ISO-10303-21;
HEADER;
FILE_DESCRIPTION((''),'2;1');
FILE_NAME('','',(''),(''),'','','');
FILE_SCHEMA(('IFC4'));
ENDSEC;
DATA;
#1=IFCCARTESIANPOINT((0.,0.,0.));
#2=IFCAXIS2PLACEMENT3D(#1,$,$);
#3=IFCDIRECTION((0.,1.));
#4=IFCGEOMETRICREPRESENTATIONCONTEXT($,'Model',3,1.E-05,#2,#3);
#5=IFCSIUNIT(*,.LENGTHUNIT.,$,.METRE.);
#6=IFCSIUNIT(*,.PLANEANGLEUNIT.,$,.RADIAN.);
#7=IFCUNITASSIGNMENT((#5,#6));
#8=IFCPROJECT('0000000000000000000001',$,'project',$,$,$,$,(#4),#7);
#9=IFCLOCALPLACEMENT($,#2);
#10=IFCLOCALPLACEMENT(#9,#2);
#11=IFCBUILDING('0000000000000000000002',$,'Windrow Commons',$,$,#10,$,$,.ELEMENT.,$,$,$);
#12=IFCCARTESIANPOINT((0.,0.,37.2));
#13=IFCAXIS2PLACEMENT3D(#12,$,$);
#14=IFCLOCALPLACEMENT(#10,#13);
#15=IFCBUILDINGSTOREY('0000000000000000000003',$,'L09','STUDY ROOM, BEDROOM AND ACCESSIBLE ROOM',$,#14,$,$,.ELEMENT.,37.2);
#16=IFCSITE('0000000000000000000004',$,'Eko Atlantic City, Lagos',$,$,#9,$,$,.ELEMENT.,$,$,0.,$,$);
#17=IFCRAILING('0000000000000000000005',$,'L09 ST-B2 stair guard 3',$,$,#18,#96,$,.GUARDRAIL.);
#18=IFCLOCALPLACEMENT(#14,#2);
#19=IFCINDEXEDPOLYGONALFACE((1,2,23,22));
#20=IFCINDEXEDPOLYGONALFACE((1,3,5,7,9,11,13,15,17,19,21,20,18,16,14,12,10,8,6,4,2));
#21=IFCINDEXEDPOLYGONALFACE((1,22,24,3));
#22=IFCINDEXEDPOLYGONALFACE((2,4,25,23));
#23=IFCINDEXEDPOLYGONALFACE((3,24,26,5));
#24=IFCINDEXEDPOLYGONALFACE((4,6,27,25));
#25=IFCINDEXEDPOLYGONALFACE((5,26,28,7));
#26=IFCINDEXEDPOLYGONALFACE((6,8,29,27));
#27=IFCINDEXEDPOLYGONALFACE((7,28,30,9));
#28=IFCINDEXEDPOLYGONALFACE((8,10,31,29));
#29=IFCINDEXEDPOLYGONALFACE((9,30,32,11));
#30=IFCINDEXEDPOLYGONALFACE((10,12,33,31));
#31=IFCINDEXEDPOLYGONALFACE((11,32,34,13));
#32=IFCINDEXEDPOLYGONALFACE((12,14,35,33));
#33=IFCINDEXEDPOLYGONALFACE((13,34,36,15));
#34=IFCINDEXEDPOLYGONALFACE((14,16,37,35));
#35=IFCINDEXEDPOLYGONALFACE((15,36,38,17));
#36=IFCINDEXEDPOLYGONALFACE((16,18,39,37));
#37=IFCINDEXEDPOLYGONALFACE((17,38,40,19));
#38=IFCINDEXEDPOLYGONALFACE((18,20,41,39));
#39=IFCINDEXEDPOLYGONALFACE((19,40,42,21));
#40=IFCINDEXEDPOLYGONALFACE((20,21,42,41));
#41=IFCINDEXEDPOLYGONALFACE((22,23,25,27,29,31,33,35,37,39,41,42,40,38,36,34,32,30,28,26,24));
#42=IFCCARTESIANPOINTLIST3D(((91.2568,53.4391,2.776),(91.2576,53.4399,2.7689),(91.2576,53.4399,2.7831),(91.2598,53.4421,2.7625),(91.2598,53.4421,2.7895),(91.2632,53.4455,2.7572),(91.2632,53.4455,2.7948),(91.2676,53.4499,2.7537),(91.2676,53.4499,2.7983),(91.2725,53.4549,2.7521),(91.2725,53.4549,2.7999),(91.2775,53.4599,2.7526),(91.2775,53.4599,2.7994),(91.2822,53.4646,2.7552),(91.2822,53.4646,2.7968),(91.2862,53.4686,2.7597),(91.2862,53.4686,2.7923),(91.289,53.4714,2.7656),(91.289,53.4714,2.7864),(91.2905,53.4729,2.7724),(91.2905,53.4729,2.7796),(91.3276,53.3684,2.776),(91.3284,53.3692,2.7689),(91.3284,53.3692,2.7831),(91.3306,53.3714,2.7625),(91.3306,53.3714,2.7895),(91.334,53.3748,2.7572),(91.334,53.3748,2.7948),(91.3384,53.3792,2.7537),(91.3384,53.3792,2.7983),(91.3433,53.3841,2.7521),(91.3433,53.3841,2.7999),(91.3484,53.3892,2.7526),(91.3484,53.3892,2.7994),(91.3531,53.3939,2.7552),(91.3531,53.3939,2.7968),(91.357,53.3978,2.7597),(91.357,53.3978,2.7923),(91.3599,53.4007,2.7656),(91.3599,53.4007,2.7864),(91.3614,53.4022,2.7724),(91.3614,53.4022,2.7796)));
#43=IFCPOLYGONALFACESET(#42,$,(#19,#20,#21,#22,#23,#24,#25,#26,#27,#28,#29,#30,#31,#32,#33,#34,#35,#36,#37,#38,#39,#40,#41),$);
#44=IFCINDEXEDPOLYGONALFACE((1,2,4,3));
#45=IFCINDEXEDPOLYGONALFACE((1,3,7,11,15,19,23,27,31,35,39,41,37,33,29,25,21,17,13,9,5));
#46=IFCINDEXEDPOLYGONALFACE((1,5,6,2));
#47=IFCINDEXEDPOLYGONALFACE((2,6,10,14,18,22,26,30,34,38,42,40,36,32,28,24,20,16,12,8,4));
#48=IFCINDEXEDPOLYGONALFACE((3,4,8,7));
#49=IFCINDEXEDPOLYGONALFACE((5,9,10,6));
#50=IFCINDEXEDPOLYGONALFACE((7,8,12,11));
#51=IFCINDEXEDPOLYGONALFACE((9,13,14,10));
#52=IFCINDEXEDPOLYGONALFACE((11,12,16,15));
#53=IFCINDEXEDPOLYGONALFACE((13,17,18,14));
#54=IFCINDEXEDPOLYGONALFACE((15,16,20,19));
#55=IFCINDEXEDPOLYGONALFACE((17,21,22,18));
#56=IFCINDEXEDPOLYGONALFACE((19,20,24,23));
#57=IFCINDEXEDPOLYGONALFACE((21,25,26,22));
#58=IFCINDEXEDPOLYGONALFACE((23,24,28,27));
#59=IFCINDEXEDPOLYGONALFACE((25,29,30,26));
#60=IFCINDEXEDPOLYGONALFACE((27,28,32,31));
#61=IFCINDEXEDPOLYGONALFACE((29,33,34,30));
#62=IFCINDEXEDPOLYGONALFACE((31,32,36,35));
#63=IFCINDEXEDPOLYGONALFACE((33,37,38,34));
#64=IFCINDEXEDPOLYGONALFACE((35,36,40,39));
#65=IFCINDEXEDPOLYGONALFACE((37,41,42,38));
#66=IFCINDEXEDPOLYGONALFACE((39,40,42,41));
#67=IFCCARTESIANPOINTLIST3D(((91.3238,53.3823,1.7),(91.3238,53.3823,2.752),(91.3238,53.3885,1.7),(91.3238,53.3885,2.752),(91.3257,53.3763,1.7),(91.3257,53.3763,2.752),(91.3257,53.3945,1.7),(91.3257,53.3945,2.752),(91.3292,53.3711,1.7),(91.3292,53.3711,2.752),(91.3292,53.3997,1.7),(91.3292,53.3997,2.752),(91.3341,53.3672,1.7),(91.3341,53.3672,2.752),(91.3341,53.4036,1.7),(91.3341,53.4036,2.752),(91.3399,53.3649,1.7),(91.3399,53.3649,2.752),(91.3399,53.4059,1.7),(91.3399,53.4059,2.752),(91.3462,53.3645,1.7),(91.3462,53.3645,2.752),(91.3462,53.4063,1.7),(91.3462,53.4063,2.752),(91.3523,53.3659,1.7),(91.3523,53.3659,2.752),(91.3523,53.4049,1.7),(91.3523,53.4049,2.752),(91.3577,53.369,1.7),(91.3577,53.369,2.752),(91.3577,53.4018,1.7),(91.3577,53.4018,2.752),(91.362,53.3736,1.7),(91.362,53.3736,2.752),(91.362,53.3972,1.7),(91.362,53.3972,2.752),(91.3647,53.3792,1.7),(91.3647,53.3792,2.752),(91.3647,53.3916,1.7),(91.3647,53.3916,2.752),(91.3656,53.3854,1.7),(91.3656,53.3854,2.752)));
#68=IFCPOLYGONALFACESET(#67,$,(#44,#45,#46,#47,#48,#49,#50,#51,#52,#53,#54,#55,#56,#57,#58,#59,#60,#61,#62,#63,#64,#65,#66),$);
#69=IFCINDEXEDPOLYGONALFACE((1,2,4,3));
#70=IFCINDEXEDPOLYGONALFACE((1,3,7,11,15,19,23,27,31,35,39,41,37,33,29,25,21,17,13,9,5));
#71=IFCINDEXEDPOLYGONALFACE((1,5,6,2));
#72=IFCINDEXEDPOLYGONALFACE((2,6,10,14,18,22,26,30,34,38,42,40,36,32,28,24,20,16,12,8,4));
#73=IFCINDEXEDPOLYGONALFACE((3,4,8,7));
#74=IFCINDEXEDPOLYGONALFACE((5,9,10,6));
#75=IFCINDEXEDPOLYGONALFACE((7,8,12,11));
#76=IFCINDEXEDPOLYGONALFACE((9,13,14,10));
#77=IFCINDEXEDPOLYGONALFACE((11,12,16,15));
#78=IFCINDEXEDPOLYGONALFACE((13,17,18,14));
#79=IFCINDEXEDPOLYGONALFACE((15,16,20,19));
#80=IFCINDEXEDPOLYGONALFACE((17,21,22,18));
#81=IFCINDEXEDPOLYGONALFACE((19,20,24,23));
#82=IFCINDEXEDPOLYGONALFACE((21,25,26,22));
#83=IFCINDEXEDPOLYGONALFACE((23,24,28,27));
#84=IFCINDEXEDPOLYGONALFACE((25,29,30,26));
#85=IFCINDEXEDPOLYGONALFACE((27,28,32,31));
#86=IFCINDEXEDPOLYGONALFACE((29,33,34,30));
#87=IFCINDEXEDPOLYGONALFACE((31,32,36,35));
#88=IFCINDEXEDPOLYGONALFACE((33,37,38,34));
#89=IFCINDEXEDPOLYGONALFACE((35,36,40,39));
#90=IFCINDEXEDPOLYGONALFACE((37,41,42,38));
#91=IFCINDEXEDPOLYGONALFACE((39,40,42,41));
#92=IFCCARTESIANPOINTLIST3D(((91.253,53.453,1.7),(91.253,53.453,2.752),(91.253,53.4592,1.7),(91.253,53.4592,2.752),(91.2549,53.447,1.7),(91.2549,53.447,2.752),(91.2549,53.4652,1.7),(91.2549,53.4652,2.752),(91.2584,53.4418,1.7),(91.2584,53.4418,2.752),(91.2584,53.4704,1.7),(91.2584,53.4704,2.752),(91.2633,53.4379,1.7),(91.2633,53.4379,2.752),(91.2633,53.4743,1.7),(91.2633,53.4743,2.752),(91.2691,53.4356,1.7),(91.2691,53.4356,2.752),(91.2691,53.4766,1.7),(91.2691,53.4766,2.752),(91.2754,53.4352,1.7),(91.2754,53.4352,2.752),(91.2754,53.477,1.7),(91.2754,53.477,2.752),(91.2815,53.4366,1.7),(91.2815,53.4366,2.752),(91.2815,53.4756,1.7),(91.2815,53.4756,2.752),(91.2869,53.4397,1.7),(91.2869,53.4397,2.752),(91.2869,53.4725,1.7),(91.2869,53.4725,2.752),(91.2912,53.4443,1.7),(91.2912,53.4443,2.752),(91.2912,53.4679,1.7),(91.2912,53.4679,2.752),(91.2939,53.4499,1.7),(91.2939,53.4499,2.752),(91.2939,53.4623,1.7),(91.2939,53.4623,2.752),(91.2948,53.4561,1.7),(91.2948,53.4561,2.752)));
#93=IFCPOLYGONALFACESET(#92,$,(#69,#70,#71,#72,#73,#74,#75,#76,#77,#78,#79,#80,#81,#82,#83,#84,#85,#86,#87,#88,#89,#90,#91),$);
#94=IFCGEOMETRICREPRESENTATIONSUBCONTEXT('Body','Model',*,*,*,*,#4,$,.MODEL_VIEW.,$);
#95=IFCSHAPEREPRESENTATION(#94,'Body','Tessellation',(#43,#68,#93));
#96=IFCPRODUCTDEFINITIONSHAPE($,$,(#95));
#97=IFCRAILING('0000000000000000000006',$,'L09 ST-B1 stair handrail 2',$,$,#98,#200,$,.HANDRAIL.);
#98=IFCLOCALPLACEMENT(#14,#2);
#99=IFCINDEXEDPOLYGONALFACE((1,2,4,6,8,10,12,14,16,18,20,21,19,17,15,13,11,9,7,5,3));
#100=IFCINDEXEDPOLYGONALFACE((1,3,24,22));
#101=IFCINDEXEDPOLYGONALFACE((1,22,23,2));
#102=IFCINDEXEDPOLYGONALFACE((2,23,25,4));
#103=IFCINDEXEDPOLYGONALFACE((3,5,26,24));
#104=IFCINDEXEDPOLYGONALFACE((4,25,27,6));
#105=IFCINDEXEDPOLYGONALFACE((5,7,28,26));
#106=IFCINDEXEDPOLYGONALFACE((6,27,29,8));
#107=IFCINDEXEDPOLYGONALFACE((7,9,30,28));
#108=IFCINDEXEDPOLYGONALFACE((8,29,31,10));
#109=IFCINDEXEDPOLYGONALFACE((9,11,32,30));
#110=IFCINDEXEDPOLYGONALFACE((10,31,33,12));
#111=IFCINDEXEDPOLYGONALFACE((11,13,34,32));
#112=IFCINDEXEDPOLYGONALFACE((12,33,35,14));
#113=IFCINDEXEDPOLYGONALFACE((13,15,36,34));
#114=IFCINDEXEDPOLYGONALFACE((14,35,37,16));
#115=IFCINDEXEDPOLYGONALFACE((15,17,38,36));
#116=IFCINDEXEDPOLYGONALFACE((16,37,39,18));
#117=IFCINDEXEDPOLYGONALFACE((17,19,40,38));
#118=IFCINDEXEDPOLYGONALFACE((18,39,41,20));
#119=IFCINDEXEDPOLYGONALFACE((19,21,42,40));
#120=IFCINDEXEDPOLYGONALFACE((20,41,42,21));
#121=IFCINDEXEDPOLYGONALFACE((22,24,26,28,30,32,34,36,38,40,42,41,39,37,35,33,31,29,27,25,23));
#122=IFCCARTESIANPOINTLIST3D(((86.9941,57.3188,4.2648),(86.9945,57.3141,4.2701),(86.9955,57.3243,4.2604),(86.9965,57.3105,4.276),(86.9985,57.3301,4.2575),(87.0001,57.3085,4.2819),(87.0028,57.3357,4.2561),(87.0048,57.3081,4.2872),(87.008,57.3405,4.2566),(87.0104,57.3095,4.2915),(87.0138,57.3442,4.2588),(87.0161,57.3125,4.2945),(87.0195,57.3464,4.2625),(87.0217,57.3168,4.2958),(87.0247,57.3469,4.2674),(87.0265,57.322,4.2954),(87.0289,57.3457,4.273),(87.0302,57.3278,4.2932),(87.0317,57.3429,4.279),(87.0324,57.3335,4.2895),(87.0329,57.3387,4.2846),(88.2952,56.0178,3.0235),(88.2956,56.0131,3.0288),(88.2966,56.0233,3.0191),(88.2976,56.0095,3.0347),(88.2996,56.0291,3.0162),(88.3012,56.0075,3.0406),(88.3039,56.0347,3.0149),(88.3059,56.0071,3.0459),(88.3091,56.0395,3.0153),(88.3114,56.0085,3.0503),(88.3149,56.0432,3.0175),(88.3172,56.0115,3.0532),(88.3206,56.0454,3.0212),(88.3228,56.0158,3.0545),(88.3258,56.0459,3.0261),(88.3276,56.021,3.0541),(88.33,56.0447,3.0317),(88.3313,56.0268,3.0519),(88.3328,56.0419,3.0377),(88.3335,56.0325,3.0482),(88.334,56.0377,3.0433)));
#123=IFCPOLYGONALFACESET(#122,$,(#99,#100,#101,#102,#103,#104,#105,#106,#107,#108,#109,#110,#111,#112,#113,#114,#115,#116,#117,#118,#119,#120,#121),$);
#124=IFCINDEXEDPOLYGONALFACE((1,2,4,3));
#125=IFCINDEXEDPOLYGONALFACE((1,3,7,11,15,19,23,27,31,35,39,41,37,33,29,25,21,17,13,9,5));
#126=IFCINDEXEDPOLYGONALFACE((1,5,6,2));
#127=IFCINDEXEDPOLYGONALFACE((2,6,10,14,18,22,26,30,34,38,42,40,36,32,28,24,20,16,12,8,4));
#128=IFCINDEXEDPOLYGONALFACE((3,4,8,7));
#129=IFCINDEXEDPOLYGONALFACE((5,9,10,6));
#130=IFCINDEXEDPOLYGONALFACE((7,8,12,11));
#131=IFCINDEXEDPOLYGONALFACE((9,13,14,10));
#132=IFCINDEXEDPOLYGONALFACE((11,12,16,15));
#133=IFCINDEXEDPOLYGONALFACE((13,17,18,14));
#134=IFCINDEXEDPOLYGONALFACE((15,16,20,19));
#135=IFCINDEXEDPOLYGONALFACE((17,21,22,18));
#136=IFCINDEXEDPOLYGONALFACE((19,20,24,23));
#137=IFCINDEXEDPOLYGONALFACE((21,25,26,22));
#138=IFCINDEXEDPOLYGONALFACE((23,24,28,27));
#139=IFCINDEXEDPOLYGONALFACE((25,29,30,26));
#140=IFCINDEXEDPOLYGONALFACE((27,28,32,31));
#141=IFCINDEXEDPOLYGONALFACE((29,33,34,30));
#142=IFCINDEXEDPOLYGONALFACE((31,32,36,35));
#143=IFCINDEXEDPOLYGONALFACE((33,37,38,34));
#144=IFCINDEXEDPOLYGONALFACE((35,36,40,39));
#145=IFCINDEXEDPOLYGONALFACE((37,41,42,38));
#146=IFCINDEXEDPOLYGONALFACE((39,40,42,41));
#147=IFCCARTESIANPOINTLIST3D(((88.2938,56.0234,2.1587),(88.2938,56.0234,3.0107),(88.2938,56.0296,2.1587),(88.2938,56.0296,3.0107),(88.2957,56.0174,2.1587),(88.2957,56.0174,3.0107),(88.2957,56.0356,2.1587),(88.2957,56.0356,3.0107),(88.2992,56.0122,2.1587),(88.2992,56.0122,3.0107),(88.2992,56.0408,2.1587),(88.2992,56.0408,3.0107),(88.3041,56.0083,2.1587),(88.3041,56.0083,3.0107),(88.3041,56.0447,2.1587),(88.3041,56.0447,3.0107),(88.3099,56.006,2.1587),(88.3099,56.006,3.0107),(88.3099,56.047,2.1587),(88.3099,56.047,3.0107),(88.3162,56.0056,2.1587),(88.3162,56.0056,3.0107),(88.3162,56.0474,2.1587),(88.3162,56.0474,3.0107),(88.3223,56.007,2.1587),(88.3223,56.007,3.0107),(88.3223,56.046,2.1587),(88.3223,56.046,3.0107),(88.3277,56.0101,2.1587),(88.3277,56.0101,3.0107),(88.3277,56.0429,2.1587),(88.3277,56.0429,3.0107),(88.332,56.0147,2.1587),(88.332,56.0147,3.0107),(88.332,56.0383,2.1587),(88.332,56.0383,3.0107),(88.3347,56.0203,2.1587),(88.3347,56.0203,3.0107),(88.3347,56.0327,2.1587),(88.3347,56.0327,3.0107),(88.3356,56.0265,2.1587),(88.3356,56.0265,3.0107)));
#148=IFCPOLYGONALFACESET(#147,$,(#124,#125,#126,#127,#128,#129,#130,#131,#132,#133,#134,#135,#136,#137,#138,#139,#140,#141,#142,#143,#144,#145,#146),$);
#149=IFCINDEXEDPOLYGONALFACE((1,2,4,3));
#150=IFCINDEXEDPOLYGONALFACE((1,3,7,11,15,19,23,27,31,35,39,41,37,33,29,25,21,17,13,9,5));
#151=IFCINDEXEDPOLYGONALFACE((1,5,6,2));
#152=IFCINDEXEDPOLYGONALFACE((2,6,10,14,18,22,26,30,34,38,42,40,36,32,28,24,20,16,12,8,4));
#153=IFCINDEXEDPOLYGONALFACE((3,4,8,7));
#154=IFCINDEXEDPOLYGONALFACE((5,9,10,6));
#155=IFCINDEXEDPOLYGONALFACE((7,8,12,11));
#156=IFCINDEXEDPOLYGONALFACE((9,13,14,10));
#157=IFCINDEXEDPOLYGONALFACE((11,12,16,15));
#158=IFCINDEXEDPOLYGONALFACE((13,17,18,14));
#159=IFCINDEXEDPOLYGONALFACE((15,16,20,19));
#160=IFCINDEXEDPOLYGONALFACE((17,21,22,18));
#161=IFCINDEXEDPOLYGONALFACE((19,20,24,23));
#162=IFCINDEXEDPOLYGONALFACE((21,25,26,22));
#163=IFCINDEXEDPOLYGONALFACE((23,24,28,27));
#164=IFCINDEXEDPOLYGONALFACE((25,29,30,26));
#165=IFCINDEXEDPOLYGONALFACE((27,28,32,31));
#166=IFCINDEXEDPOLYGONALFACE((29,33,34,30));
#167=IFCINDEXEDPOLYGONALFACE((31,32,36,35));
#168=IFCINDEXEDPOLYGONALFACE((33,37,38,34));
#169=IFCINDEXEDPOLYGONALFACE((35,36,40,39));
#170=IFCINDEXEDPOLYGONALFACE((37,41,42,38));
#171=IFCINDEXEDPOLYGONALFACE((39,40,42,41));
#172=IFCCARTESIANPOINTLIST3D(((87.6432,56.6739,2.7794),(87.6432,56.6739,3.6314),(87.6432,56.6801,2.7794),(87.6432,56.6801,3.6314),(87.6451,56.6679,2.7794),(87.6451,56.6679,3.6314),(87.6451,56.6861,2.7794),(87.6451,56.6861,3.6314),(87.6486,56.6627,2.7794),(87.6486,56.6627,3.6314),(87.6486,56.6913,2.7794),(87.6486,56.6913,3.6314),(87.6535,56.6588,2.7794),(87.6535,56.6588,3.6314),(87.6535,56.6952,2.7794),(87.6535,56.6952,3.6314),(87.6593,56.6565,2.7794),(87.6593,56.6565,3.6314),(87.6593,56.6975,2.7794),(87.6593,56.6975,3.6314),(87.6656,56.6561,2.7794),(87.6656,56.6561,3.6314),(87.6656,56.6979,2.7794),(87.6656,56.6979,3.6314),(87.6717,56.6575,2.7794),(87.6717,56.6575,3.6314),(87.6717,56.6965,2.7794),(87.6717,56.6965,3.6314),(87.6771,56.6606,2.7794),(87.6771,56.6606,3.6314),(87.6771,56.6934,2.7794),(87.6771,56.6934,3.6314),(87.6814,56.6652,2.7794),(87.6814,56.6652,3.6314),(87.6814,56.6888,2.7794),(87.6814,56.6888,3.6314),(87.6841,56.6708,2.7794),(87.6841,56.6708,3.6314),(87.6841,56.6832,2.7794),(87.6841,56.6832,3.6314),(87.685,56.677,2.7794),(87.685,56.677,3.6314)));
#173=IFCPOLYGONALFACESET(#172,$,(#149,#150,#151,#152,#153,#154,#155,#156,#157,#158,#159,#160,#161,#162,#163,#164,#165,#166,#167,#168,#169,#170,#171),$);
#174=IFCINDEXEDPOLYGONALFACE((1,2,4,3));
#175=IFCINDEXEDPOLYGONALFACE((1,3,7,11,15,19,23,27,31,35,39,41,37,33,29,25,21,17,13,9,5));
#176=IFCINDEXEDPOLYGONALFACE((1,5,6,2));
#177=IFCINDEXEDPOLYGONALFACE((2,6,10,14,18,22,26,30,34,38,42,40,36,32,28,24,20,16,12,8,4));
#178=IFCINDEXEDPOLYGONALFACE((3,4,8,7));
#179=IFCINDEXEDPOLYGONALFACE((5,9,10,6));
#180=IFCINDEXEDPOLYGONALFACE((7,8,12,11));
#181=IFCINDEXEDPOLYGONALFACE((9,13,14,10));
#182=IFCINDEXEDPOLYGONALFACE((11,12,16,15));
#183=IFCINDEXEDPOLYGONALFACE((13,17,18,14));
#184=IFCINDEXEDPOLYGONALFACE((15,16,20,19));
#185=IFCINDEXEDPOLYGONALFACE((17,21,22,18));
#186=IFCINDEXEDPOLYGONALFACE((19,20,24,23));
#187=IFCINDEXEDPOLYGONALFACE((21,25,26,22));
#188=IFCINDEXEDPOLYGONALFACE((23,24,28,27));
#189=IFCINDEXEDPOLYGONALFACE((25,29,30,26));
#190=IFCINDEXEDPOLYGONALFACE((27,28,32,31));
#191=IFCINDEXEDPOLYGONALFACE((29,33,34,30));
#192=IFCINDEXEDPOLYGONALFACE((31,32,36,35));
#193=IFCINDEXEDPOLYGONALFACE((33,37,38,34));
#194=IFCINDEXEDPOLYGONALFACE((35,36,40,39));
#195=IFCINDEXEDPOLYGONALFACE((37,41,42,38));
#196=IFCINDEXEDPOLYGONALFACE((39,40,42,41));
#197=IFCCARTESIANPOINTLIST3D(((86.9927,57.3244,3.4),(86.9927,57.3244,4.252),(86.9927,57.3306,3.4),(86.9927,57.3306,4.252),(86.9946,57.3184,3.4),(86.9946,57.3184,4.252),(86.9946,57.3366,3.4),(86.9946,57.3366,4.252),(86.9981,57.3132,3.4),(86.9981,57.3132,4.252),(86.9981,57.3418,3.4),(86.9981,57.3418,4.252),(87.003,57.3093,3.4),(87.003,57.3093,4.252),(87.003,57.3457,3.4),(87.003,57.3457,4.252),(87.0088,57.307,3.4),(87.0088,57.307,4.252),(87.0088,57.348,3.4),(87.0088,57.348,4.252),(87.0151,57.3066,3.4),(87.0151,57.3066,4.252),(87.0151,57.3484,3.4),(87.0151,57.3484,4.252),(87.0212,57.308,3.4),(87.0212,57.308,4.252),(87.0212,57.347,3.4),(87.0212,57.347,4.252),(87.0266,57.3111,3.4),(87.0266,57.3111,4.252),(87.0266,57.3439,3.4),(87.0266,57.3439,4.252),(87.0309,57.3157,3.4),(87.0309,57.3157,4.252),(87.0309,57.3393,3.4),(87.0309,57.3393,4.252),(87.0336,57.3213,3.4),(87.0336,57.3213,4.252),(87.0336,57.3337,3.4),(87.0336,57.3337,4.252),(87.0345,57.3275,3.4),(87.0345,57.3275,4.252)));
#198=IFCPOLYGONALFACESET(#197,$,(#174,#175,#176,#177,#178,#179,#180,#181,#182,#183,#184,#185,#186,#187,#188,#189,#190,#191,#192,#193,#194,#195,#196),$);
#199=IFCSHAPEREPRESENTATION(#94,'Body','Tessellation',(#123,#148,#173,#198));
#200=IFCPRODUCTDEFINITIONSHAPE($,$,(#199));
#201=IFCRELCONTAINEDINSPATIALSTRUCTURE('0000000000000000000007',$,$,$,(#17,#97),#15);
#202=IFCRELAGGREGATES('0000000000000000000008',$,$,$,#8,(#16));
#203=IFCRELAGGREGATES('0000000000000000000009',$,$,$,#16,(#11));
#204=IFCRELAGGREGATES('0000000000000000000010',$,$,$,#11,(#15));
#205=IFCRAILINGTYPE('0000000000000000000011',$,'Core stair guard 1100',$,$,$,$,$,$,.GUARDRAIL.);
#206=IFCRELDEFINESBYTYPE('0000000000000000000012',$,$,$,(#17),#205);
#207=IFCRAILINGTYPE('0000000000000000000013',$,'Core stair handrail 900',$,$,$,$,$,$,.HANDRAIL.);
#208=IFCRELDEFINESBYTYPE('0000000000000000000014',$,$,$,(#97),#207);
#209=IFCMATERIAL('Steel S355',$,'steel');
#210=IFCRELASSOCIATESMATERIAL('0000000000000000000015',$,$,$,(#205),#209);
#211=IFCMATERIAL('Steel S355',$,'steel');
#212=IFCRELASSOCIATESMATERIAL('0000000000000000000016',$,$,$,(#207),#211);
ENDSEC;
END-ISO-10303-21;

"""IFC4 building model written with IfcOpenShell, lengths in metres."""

from ifc_helpers import new_model, si_unit, direction, frame, origin, origin_2d, place, context, subcontext, project, spatial, circle, extrude, material, type_object, element, save


model = new_model("IFC4")

# Units and contexts
model_context = context("Model", 3, precision=1e-05, world=origin(), true_north=direction((0.0, 1.0)))
body_context = subcontext(model_context, "Body", "Model", "MODEL_VIEW")
ifc_project = project(units=[si_unit("LENGTHUNIT", "METRE"), si_unit("PLANEANGLEUNIT", "RADIAN")], contexts=[model_context])

# Site, building, storey
site_placement = place(None, origin())
site = spatial("IfcSite", under=ifc_project, at=site_placement, Name="Eko Atlantic City, Lagos", CompositionType="ELEMENT", RefElevation=0.0)
building_placement = place(site_placement, origin())
building = spatial("IfcBuilding", under=site, at=building_placement, Name="Windrow Commons", CompositionType="ELEMENT")
storey_placement = place(building_placement, frame((0.0, 0.0, 37.2)))
storey = spatial("IfcBuildingStorey", under=building, at=storey_placement, Name="L09", Description="STUDY ROOM, BEDROOM AND ACCESSIBLE ROOM", CompositionType="ELEMENT", Elevation=37.2)

# Railings
ifc_material_1 = material(Name="Steel S355", Category="steel")
railing_type_1 = type_object("IfcRailingType", Name="Core stair guard 1100", PredefinedType="GUARDRAIL", material=ifc_material_1)
railing_1_placement = place(storey_placement, frame((91.3446, 53.3854, 1.7)))
element("IfcRailing", 1, at=railing_1_placement, inside=storey, type_object=railing_type_1, Name="L09 ST-B2 stair guard 3", PredefinedType="GUARDRAIL", context=body_context, shape_type="SweptSolid", body=[
    extrude(circle(Radius=0.024, at=origin_2d()), frame((0.0, 0.0, 1.076), z_axis=(-0.707606, 0.706607, 0.0), x_axis=(-0.706607, -0.707606, 0.0)), (0.0, 0.0, 1.0), 0.1001),
    extrude(circle(Radius=0.021, at=origin_2d()), origin(), (0.0, 0.0, 1.0), 1.052),
    extrude(circle(Radius=0.021, at=origin_2d()), frame((-0.0708, 0.0707, 0.0)), (0.0, 0.0, 1.0), 1.052),
])
ifc_material_2 = material(Name="Steel S355", Category="steel")
railing_type_2 = type_object("IfcRailingType", Name="Core stair handrail 900", PredefinedType="HANDRAIL", material=ifc_material_2)
railing_2_placement = place(storey_placement, frame((88.3146, 56.0265, 2.1587)))
element("IfcRailing", 2, at=railing_2_placement, inside=storey, type_object=railing_type_2, Name="L09 ST-B1 stair handrail 2", PredefinedType="HANDRAIL", context=body_context, shape_type="SweptSolid", body=[
    extrude(circle(Radius=0.024, at=origin_2d()), frame((0.0, 0.0, 0.876), z_axis=(-0.586207, 0.586162, 0.559264), x_axis=(-0.70708, -0.707134, 0.0)), (0.0, 0.0, 1.0), 2.2195),
    extrude(circle(Radius=0.021, at=origin_2d()), origin(), (0.0, 0.0, 1.0), 0.852),
    extrude(circle(Radius=0.021, at=origin_2d()), frame((-0.6506, 0.6505, 0.6207)), (0.0, 0.0, 1.0), 0.852),
    extrude(circle(Radius=0.021, at=origin_2d()), frame((-1.3011, 1.301, 1.2413)), (0.0, 0.0, 1.0), 0.852),
])

save(model, "model.ifc")
